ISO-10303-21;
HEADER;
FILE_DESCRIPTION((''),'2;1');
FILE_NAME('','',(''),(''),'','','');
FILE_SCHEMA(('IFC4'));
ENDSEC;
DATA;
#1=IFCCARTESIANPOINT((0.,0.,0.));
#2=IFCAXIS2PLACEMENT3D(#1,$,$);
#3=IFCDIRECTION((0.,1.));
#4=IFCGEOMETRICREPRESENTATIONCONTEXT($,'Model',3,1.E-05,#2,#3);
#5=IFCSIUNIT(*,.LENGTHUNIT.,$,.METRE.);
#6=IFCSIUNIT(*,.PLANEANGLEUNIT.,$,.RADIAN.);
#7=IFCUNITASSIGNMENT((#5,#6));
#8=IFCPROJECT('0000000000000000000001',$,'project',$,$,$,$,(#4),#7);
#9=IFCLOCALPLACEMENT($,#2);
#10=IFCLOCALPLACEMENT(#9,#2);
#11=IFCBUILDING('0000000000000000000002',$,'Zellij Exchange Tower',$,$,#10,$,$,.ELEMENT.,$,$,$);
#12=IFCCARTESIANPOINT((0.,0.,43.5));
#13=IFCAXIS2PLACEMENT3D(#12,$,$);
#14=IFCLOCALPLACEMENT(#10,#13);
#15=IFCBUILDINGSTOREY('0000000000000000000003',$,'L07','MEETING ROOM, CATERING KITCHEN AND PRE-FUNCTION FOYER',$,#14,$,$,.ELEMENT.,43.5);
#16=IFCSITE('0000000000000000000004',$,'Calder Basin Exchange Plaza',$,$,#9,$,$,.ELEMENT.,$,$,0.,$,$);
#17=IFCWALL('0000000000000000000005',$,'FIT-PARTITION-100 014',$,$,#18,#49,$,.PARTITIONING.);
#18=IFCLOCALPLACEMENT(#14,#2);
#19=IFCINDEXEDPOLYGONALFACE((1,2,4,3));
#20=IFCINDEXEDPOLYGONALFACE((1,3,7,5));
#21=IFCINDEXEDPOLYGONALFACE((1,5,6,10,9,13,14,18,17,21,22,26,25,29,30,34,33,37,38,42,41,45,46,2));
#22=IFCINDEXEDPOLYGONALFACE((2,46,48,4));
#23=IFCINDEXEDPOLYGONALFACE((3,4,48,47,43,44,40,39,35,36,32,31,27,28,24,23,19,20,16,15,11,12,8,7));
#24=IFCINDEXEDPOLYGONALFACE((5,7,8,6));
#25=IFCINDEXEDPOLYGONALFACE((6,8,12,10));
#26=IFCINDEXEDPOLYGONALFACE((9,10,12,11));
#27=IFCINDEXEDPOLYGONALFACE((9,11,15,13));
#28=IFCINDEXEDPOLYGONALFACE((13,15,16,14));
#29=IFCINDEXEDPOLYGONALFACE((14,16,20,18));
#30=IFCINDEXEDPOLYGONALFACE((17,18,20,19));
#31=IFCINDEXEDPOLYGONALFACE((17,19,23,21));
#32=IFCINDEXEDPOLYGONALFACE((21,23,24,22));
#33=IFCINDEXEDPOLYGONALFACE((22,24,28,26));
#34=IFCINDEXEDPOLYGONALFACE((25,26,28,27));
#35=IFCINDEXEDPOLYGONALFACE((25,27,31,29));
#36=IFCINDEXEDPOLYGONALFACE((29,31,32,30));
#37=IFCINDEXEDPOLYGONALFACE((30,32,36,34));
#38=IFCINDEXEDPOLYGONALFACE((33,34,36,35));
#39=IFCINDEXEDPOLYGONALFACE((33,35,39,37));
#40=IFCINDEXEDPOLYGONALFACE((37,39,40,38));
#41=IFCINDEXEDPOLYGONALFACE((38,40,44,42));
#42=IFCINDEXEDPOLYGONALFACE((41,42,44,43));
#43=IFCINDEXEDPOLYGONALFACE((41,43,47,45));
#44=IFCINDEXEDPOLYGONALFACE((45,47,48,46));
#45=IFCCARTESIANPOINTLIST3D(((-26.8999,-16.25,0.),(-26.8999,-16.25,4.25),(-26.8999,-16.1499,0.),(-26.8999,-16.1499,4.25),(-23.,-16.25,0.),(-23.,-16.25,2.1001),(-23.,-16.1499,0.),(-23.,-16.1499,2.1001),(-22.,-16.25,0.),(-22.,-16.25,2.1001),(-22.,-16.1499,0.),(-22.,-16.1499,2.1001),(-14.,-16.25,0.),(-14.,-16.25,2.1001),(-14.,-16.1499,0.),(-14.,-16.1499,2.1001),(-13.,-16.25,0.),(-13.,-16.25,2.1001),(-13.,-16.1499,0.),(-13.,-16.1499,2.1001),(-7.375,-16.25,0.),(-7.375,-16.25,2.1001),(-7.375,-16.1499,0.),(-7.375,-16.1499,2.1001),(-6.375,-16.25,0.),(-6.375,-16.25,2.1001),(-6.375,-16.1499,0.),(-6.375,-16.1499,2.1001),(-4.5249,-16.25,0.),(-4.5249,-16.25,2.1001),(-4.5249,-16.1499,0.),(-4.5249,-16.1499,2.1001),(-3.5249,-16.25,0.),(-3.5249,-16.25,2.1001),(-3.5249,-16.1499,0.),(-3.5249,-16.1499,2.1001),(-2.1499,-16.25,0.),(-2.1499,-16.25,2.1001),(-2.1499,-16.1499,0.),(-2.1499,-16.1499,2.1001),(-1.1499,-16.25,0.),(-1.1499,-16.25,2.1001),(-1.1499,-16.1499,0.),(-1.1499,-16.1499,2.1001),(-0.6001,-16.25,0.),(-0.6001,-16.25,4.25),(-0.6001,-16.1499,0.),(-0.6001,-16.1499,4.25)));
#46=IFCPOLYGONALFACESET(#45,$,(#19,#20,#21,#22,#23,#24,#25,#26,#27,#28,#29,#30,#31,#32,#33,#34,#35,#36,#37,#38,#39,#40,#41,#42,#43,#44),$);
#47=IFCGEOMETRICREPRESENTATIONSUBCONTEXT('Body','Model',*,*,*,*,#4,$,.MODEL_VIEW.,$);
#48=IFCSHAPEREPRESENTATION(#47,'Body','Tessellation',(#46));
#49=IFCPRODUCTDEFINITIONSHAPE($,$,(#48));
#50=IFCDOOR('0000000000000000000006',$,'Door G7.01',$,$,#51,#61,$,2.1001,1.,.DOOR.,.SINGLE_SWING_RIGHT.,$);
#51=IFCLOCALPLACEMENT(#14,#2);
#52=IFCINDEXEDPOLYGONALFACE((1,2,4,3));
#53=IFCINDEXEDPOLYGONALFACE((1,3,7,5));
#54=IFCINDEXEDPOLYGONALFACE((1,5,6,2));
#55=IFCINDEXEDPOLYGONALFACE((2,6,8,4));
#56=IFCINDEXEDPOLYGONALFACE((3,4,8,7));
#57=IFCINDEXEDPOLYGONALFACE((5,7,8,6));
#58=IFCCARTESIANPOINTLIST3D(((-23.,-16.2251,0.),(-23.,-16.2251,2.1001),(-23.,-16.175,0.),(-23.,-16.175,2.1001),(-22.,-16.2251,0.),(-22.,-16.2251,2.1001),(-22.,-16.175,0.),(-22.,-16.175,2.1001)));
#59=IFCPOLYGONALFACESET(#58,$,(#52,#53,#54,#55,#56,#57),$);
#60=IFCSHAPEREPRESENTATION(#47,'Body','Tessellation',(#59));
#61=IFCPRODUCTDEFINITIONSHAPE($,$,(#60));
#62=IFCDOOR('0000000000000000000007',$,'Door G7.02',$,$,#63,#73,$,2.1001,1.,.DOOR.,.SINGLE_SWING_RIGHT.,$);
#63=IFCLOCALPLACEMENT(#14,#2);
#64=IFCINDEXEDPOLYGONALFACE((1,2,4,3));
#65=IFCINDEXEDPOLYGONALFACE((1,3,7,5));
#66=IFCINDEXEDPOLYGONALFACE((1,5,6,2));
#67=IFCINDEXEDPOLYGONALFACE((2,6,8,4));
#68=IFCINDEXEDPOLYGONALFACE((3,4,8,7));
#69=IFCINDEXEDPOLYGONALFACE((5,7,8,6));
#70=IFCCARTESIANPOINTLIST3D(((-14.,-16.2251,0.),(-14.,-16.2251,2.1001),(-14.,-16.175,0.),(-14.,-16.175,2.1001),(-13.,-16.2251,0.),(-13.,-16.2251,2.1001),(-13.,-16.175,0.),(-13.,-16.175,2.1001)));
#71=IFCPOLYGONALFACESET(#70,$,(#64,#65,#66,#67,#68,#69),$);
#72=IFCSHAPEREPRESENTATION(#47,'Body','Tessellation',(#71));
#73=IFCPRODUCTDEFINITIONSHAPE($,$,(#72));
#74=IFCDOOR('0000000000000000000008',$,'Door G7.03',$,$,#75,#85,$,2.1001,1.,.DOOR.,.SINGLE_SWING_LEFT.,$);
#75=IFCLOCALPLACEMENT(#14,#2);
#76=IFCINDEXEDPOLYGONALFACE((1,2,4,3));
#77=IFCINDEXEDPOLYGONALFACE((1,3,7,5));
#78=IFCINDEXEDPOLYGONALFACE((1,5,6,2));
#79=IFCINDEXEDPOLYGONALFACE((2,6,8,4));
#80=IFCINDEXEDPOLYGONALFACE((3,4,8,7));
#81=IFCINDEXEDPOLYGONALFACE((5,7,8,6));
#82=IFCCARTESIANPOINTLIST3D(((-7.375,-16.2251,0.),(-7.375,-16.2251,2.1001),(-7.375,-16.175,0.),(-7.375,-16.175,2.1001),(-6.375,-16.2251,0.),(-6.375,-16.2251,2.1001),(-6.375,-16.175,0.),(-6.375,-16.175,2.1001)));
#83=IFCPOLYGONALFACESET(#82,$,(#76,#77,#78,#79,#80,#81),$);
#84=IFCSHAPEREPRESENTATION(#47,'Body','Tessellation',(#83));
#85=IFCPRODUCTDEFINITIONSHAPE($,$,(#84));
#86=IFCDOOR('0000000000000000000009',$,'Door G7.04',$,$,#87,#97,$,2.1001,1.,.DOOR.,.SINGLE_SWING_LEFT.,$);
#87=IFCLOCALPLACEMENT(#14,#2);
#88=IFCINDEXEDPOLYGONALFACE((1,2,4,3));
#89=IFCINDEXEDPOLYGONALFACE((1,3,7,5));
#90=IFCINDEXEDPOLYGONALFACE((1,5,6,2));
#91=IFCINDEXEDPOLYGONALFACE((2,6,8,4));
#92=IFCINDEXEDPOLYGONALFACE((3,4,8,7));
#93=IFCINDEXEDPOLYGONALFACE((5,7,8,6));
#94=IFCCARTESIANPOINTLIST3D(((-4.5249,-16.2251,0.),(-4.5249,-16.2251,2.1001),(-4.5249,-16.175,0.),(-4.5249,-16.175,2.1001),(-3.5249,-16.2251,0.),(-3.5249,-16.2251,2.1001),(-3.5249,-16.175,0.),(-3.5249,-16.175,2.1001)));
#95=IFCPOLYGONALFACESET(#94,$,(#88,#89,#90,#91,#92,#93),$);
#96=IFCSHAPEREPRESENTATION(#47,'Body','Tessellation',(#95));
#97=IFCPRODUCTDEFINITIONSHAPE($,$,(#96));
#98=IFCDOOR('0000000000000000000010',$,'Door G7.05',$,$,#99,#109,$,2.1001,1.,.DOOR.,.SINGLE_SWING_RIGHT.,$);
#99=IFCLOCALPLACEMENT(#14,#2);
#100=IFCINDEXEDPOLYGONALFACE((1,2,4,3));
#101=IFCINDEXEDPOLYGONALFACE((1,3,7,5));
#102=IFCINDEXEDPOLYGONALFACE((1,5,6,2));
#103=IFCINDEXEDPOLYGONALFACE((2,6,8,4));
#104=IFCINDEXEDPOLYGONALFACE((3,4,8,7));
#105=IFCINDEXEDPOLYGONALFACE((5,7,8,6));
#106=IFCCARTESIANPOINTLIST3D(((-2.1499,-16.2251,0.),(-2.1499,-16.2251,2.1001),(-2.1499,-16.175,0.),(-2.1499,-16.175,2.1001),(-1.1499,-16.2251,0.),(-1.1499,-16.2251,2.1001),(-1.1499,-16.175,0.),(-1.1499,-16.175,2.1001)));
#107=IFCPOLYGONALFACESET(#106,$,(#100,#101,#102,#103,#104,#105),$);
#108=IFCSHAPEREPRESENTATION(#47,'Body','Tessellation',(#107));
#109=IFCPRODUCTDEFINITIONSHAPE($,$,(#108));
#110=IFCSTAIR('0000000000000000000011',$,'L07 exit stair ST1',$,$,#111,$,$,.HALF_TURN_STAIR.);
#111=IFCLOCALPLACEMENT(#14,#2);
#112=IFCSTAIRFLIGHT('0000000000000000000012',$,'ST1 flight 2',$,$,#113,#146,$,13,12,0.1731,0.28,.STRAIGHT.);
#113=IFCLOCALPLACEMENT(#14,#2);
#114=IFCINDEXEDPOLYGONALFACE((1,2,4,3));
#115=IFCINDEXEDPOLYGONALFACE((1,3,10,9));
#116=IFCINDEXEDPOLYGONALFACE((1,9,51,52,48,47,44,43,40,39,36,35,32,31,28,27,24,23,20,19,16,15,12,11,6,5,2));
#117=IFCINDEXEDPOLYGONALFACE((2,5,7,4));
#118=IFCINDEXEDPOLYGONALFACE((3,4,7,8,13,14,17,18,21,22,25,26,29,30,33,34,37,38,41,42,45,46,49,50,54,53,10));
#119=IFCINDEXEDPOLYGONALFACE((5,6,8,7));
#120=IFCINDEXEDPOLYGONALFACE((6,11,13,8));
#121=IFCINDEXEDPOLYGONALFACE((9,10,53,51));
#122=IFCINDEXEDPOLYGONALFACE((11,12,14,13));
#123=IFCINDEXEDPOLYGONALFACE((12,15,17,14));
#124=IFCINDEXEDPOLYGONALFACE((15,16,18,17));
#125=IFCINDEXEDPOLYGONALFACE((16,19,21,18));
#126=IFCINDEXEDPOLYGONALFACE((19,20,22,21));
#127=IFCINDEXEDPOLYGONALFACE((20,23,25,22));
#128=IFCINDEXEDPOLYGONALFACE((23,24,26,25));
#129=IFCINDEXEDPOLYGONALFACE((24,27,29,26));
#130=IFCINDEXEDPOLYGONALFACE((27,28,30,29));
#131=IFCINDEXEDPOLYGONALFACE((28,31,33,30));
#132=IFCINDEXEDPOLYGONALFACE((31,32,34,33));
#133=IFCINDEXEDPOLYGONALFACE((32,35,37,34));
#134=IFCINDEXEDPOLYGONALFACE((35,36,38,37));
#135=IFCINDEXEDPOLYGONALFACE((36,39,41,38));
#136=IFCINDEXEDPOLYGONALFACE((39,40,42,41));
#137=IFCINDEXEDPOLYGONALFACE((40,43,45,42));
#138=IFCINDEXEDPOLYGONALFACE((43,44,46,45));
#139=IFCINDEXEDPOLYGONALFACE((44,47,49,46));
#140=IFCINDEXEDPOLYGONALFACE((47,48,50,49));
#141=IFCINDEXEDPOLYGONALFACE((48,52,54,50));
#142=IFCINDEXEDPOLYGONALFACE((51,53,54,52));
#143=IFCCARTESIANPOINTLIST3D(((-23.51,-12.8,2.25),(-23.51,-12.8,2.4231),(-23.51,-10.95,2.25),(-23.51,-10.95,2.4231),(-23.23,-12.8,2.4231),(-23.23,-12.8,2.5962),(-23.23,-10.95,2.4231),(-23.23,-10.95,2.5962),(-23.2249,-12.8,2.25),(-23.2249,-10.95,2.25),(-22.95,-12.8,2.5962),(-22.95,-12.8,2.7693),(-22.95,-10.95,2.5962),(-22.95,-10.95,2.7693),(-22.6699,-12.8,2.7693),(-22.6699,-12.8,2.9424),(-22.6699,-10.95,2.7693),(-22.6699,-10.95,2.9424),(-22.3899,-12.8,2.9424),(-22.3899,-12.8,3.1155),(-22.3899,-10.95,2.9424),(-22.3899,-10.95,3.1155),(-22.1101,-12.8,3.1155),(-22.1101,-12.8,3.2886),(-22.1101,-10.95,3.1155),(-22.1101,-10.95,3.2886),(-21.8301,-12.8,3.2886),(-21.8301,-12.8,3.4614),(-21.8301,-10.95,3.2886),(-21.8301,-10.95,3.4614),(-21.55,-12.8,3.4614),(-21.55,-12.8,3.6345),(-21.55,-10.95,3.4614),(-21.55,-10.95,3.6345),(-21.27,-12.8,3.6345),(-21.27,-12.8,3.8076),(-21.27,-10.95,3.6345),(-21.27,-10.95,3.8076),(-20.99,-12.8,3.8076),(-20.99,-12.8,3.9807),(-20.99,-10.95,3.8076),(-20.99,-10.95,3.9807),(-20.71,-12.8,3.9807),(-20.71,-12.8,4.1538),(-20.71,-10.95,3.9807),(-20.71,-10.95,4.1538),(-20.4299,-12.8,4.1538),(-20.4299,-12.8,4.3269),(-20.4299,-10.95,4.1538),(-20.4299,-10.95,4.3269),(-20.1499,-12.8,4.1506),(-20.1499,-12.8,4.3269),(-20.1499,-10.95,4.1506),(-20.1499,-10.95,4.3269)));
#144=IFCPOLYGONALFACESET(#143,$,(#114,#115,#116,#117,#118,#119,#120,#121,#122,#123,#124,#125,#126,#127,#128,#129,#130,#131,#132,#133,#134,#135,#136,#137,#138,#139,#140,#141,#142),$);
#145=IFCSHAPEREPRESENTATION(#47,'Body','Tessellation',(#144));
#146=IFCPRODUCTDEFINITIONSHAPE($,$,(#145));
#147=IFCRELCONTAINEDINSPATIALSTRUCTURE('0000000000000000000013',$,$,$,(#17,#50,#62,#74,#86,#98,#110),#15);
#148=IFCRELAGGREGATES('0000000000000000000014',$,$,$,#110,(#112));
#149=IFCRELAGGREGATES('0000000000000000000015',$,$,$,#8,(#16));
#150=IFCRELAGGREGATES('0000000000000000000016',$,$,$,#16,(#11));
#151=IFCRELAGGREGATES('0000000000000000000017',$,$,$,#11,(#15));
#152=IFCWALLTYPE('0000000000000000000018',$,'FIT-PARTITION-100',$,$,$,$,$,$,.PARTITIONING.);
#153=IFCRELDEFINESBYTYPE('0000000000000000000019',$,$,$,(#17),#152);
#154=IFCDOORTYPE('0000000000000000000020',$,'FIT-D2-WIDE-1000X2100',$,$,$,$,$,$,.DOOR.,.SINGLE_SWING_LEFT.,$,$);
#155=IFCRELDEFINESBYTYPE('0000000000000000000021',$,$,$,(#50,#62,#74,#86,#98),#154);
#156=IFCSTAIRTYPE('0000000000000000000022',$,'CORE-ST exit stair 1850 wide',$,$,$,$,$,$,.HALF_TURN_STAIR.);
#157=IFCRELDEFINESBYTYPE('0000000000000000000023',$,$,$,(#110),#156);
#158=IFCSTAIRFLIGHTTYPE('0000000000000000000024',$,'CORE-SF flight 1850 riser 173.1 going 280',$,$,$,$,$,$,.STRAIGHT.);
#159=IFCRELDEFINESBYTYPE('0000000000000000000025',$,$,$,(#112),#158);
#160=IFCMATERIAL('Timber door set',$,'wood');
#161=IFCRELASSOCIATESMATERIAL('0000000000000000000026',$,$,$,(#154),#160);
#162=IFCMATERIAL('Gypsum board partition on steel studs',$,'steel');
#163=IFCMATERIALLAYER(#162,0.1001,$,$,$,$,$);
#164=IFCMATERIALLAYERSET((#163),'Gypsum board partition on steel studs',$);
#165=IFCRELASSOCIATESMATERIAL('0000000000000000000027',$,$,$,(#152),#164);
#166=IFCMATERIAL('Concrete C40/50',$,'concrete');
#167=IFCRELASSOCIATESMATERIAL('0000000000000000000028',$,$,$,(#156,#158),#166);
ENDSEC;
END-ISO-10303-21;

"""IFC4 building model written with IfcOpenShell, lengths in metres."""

from ifc_helpers import new_model, si_unit, direction, frame, frame_2d, origin, place, context, subcontext, project, spatial, polyline, rectangle, outline, extrude, material, layer, layer_set, type_object, element, fill, aggregate, save


model = new_model("IFC4")

# Units and contexts
model_context = context("Model", 3, precision=1e-05, world=origin(), true_north=direction((0.0, 1.0)))
body_context = subcontext(model_context, "Body", "Model", "MODEL_VIEW")
ifc_project = project(units=[si_unit("LENGTHUNIT", "METRE"), si_unit("PLANEANGLEUNIT", "RADIAN")], contexts=[model_context])

# Site, building, storey
site_placement = place(None, origin())
site = spatial("IfcSite", under=ifc_project, at=site_placement, Name="Calder Basin Exchange Plaza", CompositionType="ELEMENT", RefElevation=0.0)
building_placement = place(site_placement, origin())
building = spatial("IfcBuilding", under=site, at=building_placement, Name="Zellij Exchange Tower", CompositionType="ELEMENT")
storey_placement = place(building_placement, frame((0.0, 0.0, 43.5)))
storey = spatial("IfcBuildingStorey", under=building, at=storey_placement, Name="L07", Description="MEETING ROOM, CATERING KITCHEN AND PRE-FUNCTION FOYER", CompositionType="ELEMENT", Elevation=43.5)

# Shared definitions
ifc_material_1 = material(Name="Timber door set", Category="wood")
door_type_1 = type_object("IfcDoorType", Name="FIT-D2-WIDE-1000X2100", OperationType="SINGLE_SWING_LEFT", PredefinedType="DOOR", material=ifc_material_1)

# Wall, openings, doors
ifc_material_2 = material(Name="Gypsum board partition on steel studs", Category="steel")
ifc_layer_1 = layer(ifc_material_2, 0.1001)
ifc_layer_set_1 = layer_set([ifc_layer_1], Name="Gypsum board partition on steel studs")
wall_type_1 = type_object("IfcWallType", Name="FIT-PARTITION-100", PredefinedType="PARTITIONING", material=ifc_layer_set_1)
wall_1_placement = place(storey_placement, frame((-26.8999, -16.2, 0.0), z_axis=(0.0, 0.0, 1.0), x_axis=(1.0, 0.0, 0.0)))
wall_1 = element("IfcWall", 1, at=wall_1_placement, inside=storey, type_object=wall_type_1, Name="FIT-PARTITION-100 014", PredefinedType="PARTITIONING", context=body_context, shape_type="SweptSolid", body=[
    extrude(rectangle(XDim=26.2998, YDim=0.1001, at=frame_2d((13.1499, 0.0))), origin(), (0.0, 0.0, 1.0), 4.25),
])
opening_1_placement = place(wall_1_placement, frame((3.8999, 0.0, 0.0)))
opening_1 = element("IfcOpeningElement", 2, at=opening_1_placement, cuts=wall_1, PredefinedType="OPENING", context=body_context, shape_type="SweptSolid", body=[
    extrude(rectangle(XDim=1.0, YDim=2.1001, at=frame_2d((0.5, 1.05))), frame((0.0, 0.062, 0.0), z_axis=(0.0, -1.0, 0.0), x_axis=(1.0, 0.0, 0.0)), (0.0, 0.0, 1.0), 0.124),
])
opening_2_placement = place(wall_1_placement, frame((12.8999, 0.0, 0.0)))
opening_2 = element("IfcOpeningElement", 3, at=opening_2_placement, cuts=wall_1, PredefinedType="OPENING", context=body_context, shape_type="SweptSolid", body=[
    extrude(rectangle(XDim=1.0, YDim=2.1001, at=frame_2d((0.5, 1.05))), frame((0.0, 0.062, 0.0), z_axis=(0.0, -1.0, 0.0), x_axis=(1.0, 0.0, 0.0)), (0.0, 0.0, 1.0), 0.124),
])
opening_3_placement = place(wall_1_placement, frame((19.5249, 0.0, 0.0)))
opening_3 = element("IfcOpeningElement", 4, at=opening_3_placement, cuts=wall_1, PredefinedType="OPENING", context=body_context, shape_type="SweptSolid", body=[
    extrude(rectangle(XDim=1.0, YDim=2.1001, at=frame_2d((0.5, 1.05))), frame((0.0, 0.062, 0.0), z_axis=(0.0, -1.0, 0.0), x_axis=(1.0, 0.0, 0.0)), (0.0, 0.0, 1.0), 0.124),
])
opening_4_placement = place(wall_1_placement, frame((22.375, 0.0, 0.0)))
opening_4 = element("IfcOpeningElement", 5, at=opening_4_placement, cuts=wall_1, PredefinedType="OPENING", context=body_context, shape_type="SweptSolid", body=[
    extrude(rectangle(XDim=1.0, YDim=2.1001, at=frame_2d((0.5, 1.05))), frame((0.0, 0.062, 0.0), z_axis=(0.0, -1.0, 0.0), x_axis=(1.0, 0.0, 0.0)), (0.0, 0.0, 1.0), 0.124),
])
opening_5_placement = place(wall_1_placement, frame((24.75, 0.0, 0.0)))
opening_5 = element("IfcOpeningElement", 6, at=opening_5_placement, cuts=wall_1, PredefinedType="OPENING", context=body_context, shape_type="SweptSolid", body=[
    extrude(rectangle(XDim=1.0, YDim=2.1001, at=frame_2d((0.5, 1.05))), frame((0.0, 0.062, 0.0), z_axis=(0.0, -1.0, 0.0), x_axis=(1.0, 0.0, 0.0)), (0.0, 0.0, 1.0), 0.124),
])
door_1_placement = place(opening_1_placement, origin())
door_1 = element("IfcDoor", 7, at=door_1_placement, inside=storey, type_object=door_type_1, Name="Door G7.01", OperationType="SINGLE_SWING_RIGHT", OverallHeight=2.1001, OverallWidth=1.0, PredefinedType="DOOR", context=body_context, shape_type="SweptSolid", body=[
    extrude(rectangle(XDim=1.0, YDim=2.1001, at=frame_2d((0.5, 1.05))), frame((0.0, 0.0249, 0.0), z_axis=(0.0, -1.0, 0.0), x_axis=(1.0, 0.0, 0.0)), (0.0, 0.0, 1.0), 0.05),
])
fill(opening_1, door_1)
door_2_placement = place(opening_2_placement, origin())
door_2 = element("IfcDoor", 8, at=door_2_placement, inside=storey, type_object=door_type_1, Name="Door G7.02", OperationType="SINGLE_SWING_RIGHT", OverallHeight=2.1001, OverallWidth=1.0, PredefinedType="DOOR", context=body_context, shape_type="SweptSolid", body=[
    extrude(rectangle(XDim=1.0, YDim=2.1001, at=frame_2d((0.5, 1.05))), frame((0.0, 0.0249, 0.0), z_axis=(0.0, -1.0, 0.0), x_axis=(1.0, 0.0, 0.0)), (0.0, 0.0, 1.0), 0.05),
])
fill(opening_2, door_2)
door_3_placement = place(opening_3_placement, origin())
door_3 = element("IfcDoor", 9, at=door_3_placement, inside=storey, type_object=door_type_1, Name="Door G7.03", OperationType="SINGLE_SWING_LEFT", OverallHeight=2.1001, OverallWidth=1.0, PredefinedType="DOOR", context=body_context, shape_type="SweptSolid", body=[
    extrude(rectangle(XDim=1.0, YDim=2.1001, at=frame_2d((0.5, 1.05))), frame((0.0, 0.0249, 0.0), z_axis=(0.0, -1.0, 0.0), x_axis=(1.0, 0.0, 0.0)), (0.0, 0.0, 1.0), 0.05),
])
fill(opening_3, door_3)
door_4_placement = place(opening_4_placement, origin())
door_4 = element("IfcDoor", 10, at=door_4_placement, inside=storey, type_object=door_type_1, Name="Door G7.04", OperationType="SINGLE_SWING_LEFT", OverallHeight=2.1001, OverallWidth=1.0, PredefinedType="DOOR", context=body_context, shape_type="SweptSolid", body=[
    extrude(rectangle(XDim=1.0, YDim=2.1001, at=frame_2d((0.5, 1.05))), frame((0.0, 0.0249, 0.0), z_axis=(0.0, -1.0, 0.0), x_axis=(1.0, 0.0, 0.0)), (0.0, 0.0, 1.0), 0.05),
])
fill(opening_4, door_4)
door_5_placement = place(opening_5_placement, origin())
door_5 = element("IfcDoor", 11, at=door_5_placement, inside=storey, type_object=door_type_1, Name="Door G7.05", OperationType="SINGLE_SWING_RIGHT", OverallHeight=2.1001, OverallWidth=1.0, PredefinedType="DOOR", context=body_context, shape_type="SweptSolid", body=[
    extrude(rectangle(XDim=1.0, YDim=2.1001, at=frame_2d((0.5, 1.05))), frame((0.0, 0.0249, 0.0), z_axis=(0.0, -1.0, 0.0), x_axis=(1.0, 0.0, 0.0)), (0.0, 0.0, 1.0), 0.05),
])
fill(opening_5, door_5)

# Stair, stair flight
ifc_material_3 = material(Name="Concrete C40/50", Category="concrete")
stair_type = type_object("IfcStairType", Name="CORE-ST exit stair 1850 wide", PredefinedType="HALF_TURN_STAIR", material=ifc_material_3)
stair_placement = place(storey_placement, origin())
stair = element("IfcStair", 12, at=stair_placement, inside=storey, type_object=stair_type, Name="L07 exit stair ST1", PredefinedType="HALF_TURN_STAIR")
stair_flight_type = type_object("IfcStairFlightType", Name="CORE-SF flight 1850 riser 173.1 going 280", PredefinedType="STRAIGHT", material=ifc_material_3)
stair_flight_placement = place(storey_placement, frame((-23.51, -11.875, 2.25), z_axis=(0.0, 0.0, 1.0), x_axis=(1.0, 0.0, 0.0)))
stair_flight = element("IfcStairFlight", 13, at=stair_flight_placement, type_object=stair_flight_type, Name="ST1 flight 2", NumberOfRisers=13, NumberOfTreads=12, PredefinedType="STRAIGHT", RiserHeight=0.1731, TreadLength=0.28, context=body_context, shape_type="SweptSolid", body=[
    extrude(outline(polyline([(0.0, 0.0), (0.0, 0.1731), (0.28, 0.1731), (0.28, 0.3462), (0.5601, 0.3462), (0.5601, 0.5193), (0.8401, 0.5193), (0.8401, 0.6924), (1.1201, 0.6924), (1.1201, 0.8655), (1.3999, 0.8655), (1.3999, 1.0386), (1.6799, 1.0386), (1.6799, 1.2114), (1.96, 1.2114), (1.96, 1.3845), (2.24, 1.3845), (2.24, 1.5576), (2.52, 1.5576), (2.52, 1.7307), (2.8, 1.7307), (2.8, 1.9038), (3.0801, 1.9038), (3.0801, 2.0769), (3.3601, 2.0769), (3.3601, 2.25), (3.3601, 1.9006), (0.2852, 0.0), (0.0, 0.0)])), frame((0.0, 0.925, 0.0), z_axis=(0.0, -1.0, 0.0), x_axis=(1.0, 0.0, 0.0)), (0.0, 0.0, 1.0), 1.8501),
])
aggregate(stair, [stair_flight])

save(model, "model.ifc")
